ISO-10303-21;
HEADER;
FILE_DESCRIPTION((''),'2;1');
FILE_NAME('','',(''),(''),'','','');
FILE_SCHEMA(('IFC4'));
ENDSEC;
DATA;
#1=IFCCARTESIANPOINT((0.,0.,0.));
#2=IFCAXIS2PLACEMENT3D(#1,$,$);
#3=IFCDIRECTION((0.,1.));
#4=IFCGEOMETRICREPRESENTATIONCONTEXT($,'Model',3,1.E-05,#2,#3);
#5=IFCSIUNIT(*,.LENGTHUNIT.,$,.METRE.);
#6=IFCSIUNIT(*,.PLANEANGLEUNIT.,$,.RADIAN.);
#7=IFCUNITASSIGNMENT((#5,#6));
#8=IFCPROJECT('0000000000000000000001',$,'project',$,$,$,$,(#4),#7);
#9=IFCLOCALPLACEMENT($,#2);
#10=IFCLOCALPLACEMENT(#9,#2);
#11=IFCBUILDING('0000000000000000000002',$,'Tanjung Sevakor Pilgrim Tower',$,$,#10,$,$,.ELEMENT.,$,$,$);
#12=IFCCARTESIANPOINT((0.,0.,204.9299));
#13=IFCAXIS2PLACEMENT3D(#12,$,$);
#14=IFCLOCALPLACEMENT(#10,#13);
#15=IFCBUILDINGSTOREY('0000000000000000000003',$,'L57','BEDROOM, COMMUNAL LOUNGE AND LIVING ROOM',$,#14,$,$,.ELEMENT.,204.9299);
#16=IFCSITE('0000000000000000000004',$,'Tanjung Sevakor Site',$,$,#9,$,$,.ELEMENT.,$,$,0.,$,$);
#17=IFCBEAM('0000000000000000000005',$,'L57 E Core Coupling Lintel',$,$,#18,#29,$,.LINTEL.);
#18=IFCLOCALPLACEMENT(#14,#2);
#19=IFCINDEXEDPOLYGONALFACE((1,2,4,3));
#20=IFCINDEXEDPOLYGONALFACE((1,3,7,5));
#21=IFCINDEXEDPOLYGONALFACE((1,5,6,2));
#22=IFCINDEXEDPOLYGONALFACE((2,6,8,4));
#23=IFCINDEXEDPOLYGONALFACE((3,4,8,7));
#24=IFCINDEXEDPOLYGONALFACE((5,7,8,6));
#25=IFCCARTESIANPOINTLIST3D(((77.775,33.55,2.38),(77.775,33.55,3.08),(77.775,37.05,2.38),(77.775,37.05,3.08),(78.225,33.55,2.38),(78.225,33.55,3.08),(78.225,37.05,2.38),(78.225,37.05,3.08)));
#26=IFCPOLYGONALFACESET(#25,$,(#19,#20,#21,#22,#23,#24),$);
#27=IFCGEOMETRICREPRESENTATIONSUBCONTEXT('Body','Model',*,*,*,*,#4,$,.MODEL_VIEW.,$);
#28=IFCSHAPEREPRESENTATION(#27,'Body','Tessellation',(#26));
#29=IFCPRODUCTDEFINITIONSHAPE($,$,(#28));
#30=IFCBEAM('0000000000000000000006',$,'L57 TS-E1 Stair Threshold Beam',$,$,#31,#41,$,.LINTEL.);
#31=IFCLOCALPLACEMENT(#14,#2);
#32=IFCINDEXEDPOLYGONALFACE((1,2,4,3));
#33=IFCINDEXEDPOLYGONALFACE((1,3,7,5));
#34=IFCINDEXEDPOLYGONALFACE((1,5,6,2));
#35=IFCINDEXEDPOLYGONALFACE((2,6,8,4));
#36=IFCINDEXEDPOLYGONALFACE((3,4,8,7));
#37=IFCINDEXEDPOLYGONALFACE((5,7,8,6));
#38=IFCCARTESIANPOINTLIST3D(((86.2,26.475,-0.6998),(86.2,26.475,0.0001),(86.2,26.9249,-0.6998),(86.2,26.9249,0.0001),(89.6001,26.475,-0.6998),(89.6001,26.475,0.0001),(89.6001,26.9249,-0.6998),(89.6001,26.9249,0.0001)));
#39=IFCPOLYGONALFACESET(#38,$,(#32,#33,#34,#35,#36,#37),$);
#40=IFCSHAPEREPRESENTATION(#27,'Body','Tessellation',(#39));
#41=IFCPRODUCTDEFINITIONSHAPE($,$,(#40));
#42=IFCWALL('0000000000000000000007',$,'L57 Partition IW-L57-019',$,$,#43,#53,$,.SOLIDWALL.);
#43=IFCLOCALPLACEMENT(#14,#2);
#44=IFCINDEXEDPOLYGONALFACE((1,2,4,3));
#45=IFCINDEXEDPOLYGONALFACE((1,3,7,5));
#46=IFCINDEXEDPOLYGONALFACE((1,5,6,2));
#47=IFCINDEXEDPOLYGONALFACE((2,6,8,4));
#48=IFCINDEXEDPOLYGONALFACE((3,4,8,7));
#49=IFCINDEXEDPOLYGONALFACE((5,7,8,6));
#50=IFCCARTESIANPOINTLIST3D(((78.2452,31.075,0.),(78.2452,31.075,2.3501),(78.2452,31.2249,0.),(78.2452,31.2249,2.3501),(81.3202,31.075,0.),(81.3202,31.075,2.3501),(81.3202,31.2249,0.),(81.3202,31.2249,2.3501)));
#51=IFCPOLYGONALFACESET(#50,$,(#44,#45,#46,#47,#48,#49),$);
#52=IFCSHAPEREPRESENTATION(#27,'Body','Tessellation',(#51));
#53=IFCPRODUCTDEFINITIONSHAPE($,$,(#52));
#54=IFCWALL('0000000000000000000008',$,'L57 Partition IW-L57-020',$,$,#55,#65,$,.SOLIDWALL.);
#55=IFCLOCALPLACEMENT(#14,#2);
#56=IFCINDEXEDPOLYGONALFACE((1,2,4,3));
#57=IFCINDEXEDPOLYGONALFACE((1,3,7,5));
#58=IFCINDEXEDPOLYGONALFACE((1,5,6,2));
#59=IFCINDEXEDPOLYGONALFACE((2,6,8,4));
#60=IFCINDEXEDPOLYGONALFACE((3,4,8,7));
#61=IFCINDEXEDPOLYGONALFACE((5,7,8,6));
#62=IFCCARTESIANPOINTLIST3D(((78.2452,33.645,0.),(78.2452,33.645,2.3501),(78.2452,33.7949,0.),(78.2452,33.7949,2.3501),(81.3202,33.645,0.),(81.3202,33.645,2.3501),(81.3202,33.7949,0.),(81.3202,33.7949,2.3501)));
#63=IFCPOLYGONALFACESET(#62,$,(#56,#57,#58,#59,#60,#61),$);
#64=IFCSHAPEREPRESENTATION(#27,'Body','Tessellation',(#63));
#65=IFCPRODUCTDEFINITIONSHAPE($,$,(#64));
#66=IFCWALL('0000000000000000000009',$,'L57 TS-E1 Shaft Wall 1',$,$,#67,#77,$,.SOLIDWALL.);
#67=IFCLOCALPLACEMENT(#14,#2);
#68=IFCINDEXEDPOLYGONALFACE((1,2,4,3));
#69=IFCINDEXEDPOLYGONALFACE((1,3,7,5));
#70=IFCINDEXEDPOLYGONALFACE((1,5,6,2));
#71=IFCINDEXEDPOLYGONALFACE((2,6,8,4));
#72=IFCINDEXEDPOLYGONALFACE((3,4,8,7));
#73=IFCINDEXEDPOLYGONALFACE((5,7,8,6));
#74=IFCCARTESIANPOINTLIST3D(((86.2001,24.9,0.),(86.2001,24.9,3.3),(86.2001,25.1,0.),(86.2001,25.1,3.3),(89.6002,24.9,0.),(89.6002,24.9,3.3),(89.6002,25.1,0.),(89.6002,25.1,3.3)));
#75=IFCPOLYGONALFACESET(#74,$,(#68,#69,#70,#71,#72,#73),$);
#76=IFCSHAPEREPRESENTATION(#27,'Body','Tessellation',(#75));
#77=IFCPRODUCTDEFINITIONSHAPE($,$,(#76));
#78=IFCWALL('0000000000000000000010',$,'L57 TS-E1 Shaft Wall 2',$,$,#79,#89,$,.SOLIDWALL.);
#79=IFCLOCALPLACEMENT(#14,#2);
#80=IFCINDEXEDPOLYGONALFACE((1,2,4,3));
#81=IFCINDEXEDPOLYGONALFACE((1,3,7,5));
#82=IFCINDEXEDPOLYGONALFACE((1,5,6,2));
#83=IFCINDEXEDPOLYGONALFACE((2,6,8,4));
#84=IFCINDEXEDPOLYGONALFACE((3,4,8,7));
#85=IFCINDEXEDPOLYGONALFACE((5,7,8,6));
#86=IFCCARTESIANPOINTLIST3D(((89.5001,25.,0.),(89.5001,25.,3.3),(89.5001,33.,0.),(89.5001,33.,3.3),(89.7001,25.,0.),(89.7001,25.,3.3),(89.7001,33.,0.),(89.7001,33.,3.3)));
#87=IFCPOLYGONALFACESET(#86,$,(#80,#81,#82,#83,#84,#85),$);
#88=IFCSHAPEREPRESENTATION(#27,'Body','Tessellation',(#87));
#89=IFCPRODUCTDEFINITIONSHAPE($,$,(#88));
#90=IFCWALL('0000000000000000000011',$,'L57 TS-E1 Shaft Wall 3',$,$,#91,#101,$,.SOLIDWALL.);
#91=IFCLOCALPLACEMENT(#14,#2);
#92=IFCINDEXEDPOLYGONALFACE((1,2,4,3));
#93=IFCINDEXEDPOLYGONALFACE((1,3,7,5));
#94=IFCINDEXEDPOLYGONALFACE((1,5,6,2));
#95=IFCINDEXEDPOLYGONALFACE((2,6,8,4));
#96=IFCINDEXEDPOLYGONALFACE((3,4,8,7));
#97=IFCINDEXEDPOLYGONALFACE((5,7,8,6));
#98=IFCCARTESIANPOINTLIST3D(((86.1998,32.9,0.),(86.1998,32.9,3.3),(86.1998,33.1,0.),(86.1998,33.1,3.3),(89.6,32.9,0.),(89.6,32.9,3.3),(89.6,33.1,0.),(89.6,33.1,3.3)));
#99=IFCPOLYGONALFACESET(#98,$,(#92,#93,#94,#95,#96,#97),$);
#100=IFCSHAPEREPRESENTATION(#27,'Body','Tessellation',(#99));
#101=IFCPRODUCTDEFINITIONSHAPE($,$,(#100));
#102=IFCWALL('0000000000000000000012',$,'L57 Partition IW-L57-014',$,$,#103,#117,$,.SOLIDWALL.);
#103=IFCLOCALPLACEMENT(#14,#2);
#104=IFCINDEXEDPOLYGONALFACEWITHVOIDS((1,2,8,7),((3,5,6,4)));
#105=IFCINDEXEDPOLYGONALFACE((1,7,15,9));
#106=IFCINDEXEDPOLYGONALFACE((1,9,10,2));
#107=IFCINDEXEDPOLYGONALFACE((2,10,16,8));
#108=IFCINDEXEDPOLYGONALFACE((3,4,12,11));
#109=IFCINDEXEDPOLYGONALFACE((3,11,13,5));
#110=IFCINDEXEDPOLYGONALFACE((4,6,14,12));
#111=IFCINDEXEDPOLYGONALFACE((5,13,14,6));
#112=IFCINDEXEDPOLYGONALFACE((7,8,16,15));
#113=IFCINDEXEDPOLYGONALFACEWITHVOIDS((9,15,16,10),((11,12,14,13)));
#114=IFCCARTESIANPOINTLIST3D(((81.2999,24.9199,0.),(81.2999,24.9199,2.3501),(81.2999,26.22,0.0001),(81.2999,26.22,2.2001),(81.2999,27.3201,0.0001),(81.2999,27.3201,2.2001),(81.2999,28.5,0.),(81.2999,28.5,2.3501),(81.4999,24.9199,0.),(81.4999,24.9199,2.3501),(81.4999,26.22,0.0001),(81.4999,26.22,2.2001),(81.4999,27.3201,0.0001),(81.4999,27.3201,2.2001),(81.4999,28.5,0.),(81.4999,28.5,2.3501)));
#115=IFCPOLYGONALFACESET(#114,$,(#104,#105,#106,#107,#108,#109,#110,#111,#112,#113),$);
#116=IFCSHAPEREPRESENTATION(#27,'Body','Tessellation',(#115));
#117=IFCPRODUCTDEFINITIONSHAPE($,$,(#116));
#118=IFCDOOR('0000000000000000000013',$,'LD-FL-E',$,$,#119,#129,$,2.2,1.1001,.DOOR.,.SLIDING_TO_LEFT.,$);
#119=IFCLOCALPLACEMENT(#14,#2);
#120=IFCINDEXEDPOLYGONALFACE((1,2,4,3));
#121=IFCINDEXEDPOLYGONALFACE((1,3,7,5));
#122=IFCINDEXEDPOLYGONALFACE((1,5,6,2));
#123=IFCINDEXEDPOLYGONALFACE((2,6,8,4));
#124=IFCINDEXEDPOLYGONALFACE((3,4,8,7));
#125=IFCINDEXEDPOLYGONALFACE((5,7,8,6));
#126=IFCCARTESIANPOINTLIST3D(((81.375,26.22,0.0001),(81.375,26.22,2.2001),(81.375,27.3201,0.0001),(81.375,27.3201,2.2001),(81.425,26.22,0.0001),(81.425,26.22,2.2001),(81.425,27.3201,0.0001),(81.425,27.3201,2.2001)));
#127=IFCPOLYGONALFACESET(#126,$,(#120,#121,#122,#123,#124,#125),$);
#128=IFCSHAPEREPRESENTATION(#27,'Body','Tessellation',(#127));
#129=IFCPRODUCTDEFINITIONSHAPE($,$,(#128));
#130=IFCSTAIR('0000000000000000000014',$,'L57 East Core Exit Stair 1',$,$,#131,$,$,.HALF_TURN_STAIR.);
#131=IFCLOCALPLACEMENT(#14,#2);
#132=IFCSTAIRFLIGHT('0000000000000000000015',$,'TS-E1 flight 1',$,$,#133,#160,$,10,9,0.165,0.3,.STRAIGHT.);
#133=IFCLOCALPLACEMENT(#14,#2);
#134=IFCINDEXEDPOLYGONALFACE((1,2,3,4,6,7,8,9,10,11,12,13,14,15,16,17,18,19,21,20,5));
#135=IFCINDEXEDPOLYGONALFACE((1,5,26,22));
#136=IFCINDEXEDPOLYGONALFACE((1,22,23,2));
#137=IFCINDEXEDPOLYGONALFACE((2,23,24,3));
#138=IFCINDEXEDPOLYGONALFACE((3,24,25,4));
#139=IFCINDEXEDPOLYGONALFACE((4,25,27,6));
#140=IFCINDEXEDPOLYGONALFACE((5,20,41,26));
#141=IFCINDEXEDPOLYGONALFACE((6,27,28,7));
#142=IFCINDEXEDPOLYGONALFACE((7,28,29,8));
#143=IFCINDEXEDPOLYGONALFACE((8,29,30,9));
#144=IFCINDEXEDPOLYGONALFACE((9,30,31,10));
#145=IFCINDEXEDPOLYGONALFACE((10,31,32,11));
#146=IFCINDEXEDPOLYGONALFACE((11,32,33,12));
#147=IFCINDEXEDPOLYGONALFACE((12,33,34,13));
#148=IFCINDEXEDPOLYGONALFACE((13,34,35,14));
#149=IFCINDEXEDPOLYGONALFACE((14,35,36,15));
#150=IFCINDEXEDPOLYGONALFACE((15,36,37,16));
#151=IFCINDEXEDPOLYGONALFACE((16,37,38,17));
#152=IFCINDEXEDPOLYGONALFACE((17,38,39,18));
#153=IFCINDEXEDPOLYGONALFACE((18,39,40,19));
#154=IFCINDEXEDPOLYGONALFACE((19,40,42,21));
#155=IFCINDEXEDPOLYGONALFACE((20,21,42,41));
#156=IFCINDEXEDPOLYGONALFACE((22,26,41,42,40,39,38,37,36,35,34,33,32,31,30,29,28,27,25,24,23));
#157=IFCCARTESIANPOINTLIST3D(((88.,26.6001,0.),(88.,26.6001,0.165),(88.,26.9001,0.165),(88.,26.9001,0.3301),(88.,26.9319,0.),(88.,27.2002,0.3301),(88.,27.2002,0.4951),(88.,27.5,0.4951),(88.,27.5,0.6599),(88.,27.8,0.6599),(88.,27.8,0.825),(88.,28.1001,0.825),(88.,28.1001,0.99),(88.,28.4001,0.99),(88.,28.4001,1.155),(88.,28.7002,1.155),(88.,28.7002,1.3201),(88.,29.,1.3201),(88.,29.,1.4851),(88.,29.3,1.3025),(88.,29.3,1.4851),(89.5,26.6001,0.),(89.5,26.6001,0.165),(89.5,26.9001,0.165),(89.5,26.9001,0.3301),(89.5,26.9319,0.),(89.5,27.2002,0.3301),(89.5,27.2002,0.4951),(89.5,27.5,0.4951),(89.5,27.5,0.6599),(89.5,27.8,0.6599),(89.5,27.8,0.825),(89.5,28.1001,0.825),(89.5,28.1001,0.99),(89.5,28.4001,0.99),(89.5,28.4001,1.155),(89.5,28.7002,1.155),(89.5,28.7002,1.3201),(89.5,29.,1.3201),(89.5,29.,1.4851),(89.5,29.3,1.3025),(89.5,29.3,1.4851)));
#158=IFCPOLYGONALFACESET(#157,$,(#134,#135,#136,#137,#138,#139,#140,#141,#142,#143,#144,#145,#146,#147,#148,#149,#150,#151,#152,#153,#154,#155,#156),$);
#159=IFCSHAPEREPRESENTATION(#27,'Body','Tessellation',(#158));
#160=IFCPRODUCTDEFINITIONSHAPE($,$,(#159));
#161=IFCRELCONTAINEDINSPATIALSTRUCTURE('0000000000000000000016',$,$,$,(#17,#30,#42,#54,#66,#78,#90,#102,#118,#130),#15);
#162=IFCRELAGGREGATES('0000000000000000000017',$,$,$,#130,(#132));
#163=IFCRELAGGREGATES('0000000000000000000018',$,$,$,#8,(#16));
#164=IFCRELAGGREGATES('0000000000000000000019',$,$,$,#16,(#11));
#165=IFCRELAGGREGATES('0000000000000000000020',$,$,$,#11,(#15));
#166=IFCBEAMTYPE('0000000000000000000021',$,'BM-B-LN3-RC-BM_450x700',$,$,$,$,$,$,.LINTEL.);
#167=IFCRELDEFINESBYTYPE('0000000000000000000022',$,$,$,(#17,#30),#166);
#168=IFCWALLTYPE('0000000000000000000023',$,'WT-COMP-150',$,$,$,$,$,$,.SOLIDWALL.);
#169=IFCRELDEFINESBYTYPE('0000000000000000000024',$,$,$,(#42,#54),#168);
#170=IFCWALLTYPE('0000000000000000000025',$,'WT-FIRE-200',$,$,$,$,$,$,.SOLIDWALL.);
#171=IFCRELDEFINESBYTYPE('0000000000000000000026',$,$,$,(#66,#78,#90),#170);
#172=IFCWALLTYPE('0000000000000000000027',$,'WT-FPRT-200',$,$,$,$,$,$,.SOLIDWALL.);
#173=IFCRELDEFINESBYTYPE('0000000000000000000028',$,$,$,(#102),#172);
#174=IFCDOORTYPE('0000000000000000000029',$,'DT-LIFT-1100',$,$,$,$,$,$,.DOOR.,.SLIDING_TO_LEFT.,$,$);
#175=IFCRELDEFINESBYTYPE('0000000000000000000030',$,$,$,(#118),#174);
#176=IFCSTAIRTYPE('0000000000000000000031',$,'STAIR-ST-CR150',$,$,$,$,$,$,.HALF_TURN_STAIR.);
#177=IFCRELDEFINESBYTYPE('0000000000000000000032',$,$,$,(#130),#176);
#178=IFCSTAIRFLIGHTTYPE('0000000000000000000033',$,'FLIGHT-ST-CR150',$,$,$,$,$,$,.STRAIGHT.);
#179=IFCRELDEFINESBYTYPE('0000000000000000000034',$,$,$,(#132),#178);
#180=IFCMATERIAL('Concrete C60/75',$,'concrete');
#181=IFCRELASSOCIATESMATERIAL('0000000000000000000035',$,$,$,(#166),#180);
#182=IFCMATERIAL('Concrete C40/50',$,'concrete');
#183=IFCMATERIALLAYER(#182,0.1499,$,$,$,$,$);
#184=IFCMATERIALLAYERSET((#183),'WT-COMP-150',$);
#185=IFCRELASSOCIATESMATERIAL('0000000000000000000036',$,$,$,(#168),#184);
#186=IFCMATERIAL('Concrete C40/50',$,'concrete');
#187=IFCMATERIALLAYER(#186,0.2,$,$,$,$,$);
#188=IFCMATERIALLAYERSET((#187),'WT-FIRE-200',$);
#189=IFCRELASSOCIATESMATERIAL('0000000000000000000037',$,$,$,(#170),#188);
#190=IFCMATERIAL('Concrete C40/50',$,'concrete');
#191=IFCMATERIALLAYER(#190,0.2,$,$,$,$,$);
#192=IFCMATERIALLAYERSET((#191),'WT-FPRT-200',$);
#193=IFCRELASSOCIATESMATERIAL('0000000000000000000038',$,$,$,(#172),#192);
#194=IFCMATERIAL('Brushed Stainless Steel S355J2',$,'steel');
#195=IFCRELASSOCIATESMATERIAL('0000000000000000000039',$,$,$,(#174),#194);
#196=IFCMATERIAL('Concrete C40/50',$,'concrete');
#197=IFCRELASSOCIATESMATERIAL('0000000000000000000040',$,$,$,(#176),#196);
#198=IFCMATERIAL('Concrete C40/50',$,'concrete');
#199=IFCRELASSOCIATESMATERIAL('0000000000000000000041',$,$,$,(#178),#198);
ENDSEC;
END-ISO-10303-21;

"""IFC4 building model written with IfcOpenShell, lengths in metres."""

from ifc_helpers import new_model, si_unit, direction, frame, frame_2d, origin, origin_2d, place, context, subcontext, project, spatial, polyline, rectangle, outline, extrude, material, layer, layer_set, material_profile, profile_set, type_object, element, fill, aggregate, save


model = new_model("IFC4")

# Units and contexts
model_context = context("Model", 3, precision=1e-05, world=origin(), true_north=direction((0.0, 1.0)))
body_context = subcontext(model_context, "Body", "Model", "MODEL_VIEW")
ifc_project = project(units=[si_unit("LENGTHUNIT", "METRE"), si_unit("PLANEANGLEUNIT", "RADIAN")], contexts=[model_context])

# Site, building, storey
site_placement = place(None, origin())
site = spatial("IfcSite", under=ifc_project, at=site_placement, Name="Tanjung Sevakor Site", CompositionType="ELEMENT", RefElevation=0.0)
building_placement = place(site_placement, origin())
building = spatial("IfcBuilding", under=site, at=building_placement, Name="Tanjung Sevakor Pilgrim Tower", CompositionType="ELEMENT")
storey_placement = place(building_placement, frame((0.0, 0.0, 204.9299)))
storey = spatial("IfcBuildingStorey", under=building, at=storey_placement, Name="L57", Description="BEDROOM, COMMUNAL LOUNGE AND LIVING ROOM", CompositionType="ELEMENT", Elevation=204.9299)

# Beams
ifc_material_1 = material(Name="Concrete C60/75", Category="concrete")
ifc_material_profile = material_profile(ifc_material_1, rectangle(XDim=0.45, YDim=0.7, at=origin_2d()))
ifc_profile_set = profile_set([ifc_material_profile], Name="Concrete C60/75")
beam_type = type_object("IfcBeamType", Name="BM-B-LN3-RC-BM_450x700", PredefinedType="LINTEL", material=ifc_profile_set)
beam_1_placement = place(storey_placement, frame((78.0, 33.55, 2.73), z_axis=(0.0, 1.0, 0.0), x_axis=(-1.0, 0.0, 0.0)))
element("IfcBeam", 1, at=beam_1_placement, inside=storey, type_object=beam_type, Name="L57 E Core Coupling Lintel", PredefinedType="LINTEL", context=body_context, shape_type="SweptSolid", body=[
    extrude(rectangle(XDim=0.45, YDim=0.7, at=origin_2d()), origin(), (0.0, 0.0, 1.0), 3.5),
])
beam_2_placement = place(storey_placement, frame((86.2, 26.7, -0.3499), z_axis=(1.0, 0.0, 0.0), x_axis=(0.0, 1.0, 0.0)))
element("IfcBeam", 2, at=beam_2_placement, inside=storey, type_object=beam_type, Name="L57 TS-E1 Stair Threshold Beam", PredefinedType="LINTEL", context=body_context, shape_type="SweptSolid", body=[
    extrude(rectangle(XDim=0.45, YDim=0.7, at=origin_2d()), origin(), (0.0, 0.0, 1.0), 3.4001),
])

# Shared definitions
ifc_material_2 = material(Name="Concrete C40/50", Category="concrete")
ifc_layer_1 = layer(ifc_material_2, 0.1499)
ifc_layer_set_1 = layer_set([ifc_layer_1], Name="WT-COMP-150")
wall_type_1 = type_object("IfcWallType", Name="WT-COMP-150", PredefinedType="SOLIDWALL", material=ifc_layer_set_1)

# Walls
for number, where, z_axis, x_axis, name in (
    (3, (78.2451, 31.1499, 0.0), (0.0, 0.0, 1.0), (1.0, 0.0, 0.0), "L57 Partition IW-L57-019"),
    (4, (78.2451, 33.72, 0.0), (0.0, 0.0, 1.0), (1.0, 0.0, 0.0), "L57 Partition IW-L57-020"),
):
    element("IfcWall", number, at=place(storey_placement, frame(where, z_axis=z_axis, x_axis=x_axis)), inside=storey, type_object=wall_type_1, Name=name, PredefinedType="SOLIDWALL", context=body_context, shape_type="SweptSolid", body=[
        extrude(rectangle(XDim=3.075, YDim=0.1499, at=frame_2d((1.5376, 0.0))), origin(), (0.0, 0.0, 1.0), 2.3501),
    ])

# Walls
ifc_material_3 = material(Name="Concrete C40/50", Category="concrete")
ifc_layer_2 = layer(ifc_material_3, 0.2)
ifc_layer_set_2 = layer_set([ifc_layer_2], Name="WT-FIRE-200")
wall_type_2 = type_object("IfcWallType", Name="WT-FIRE-200", PredefinedType="SOLIDWALL", material=ifc_layer_set_2)
wall_1_placement = place(storey_placement, frame((86.2, 25.0, 0.0), z_axis=(0.0, 0.0, 1.0), x_axis=(1.0, 0.0, 0.0)))
element("IfcWall", 5, at=wall_1_placement, inside=storey, type_object=wall_type_2, Name="L57 TS-E1 Shaft Wall 1", PredefinedType="SOLIDWALL", context=body_context, shape_type="SweptSolid", body=[
    extrude(rectangle(XDim=3.4001, YDim=0.2, at=frame_2d((1.7002, 0.0))), origin(), (0.0, 0.0, 1.0), 3.3),
])
wall_2_placement = place(storey_placement, frame((89.6001, 25.0, 0.0), z_axis=(0.0, 0.0, 1.0), x_axis=(0.0, 1.0, 0.0)))
element("IfcWall", 6, at=wall_2_placement, inside=storey, type_object=wall_type_2, Name="L57 TS-E1 Shaft Wall 2", PredefinedType="SOLIDWALL", context=body_context, shape_type="SweptSolid", body=[
    extrude(rectangle(XDim=8.0, YDim=0.2, at=frame_2d((4.0, 0.0))), origin(), (0.0, 0.0, 1.0), 3.3),
])
wall_3_placement = place(storey_placement, frame((89.6001, 33.0, 0.0), z_axis=(0.0, 0.0, 1.0), x_axis=(-1.0, 0.0, 0.0)))
element("IfcWall", 7, at=wall_3_placement, inside=storey, type_object=wall_type_2, Name="L57 TS-E1 Shaft Wall 3", PredefinedType="SOLIDWALL", context=body_context, shape_type="SweptSolid", body=[
    extrude(rectangle(XDim=3.4001, YDim=0.2, at=frame_2d((1.7002, 0.0))), origin(), (0.0, 0.0, 1.0), 3.3),
])

# Wall, opening, door
ifc_material_4 = material(Name="Concrete C40/50", Category="concrete")
ifc_layer_3 = layer(ifc_material_4, 0.2)
ifc_layer_set_3 = layer_set([ifc_layer_3], Name="WT-FPRT-200")
wall_type_3 = type_object("IfcWallType", Name="WT-FPRT-200", PredefinedType="SOLIDWALL", material=ifc_layer_set_3)
wall_4_placement = place(storey_placement, frame((81.3999, 24.9199, 0.0), z_axis=(0.0, 0.0, 1.0), x_axis=(0.0, 1.0, 0.0)))
wall_4 = element("IfcWall", 8, at=wall_4_placement, inside=storey, type_object=wall_type_3, Name="L57 Partition IW-L57-014", PredefinedType="SOLIDWALL", context=body_context, shape_type="SweptSolid", body=[
    extrude(rectangle(XDim=3.5801, YDim=0.2, at=frame_2d((1.79, 0.0))), origin(), (0.0, 0.0, 1.0), 2.3501),
])
opening_1_placement = place(wall_4_placement, frame((1.3, 0.0, 0.0)))
opening_1 = element("IfcOpeningElement", 9, at=opening_1_placement, cuts=wall_4, PredefinedType="OPENING", context=body_context, shape_type="SweptSolid", body=[
    extrude(rectangle(XDim=1.1001, YDim=2.2, at=frame_2d((0.55, 1.1001))), frame((0.0, 0.1099, 0.0), z_axis=(0.0, -1.0, 0.0), x_axis=(1.0, 0.0, 0.0)), (0.0, 0.0, 1.0), 0.22),
])
ifc_material_5 = material(Name="Brushed Stainless Steel S355J2", Category="steel")
door_type_1 = type_object("IfcDoorType", Name="DT-LIFT-1100", OperationType="SLIDING_TO_LEFT", PredefinedType="DOOR", material=ifc_material_5)
door_1_placement = place(opening_1_placement, origin())
door_1 = element("IfcDoor", 10, at=door_1_placement, inside=storey, type_object=door_type_1, Name="LD-FL-E", OperationType="SLIDING_TO_LEFT", OverallHeight=2.2, OverallWidth=1.1001, PredefinedType="DOOR", context=body_context, shape_type="SweptSolid", body=[
    extrude(rectangle(XDim=1.1001, YDim=2.2, at=frame_2d((0.55, 1.1001))), frame((0.0, 0.0249, 0.0), z_axis=(0.0, -1.0, 0.0), x_axis=(1.0, 0.0, 0.0)), (0.0, 0.0, 1.0), 0.05),
])
fill(opening_1, door_1)

# Stair, stair flight
ifc_material_6 = material(Name="Concrete C40/50", Category="concrete")
stair_type = type_object("IfcStairType", Name="STAIR-ST-CR150", PredefinedType="HALF_TURN_STAIR", material=ifc_material_6)
stair_placement = place(storey_placement, origin())
stair = element("IfcStair", 11, at=stair_placement, inside=storey, type_object=stair_type, Name="L57 East Core Exit Stair 1", PredefinedType="HALF_TURN_STAIR")
ifc_material_7 = material(Name="Concrete C40/50", Category="concrete")
stair_flight_type = type_object("IfcStairFlightType", Name="FLIGHT-ST-CR150", PredefinedType="STRAIGHT", material=ifc_material_7)
stair_flight_1_placement = place(storey_placement, frame((88.75, 26.6001, 0.0), z_axis=(0.0, 0.0, 1.0), x_axis=(0.0, 1.0, 0.0)))
stair_flight_1 = element("IfcStairFlight", 12, at=stair_flight_1_placement, type_object=stair_flight_type, Name="TS-E1 flight 1", NumberOfRisers=10, NumberOfTreads=9, PredefinedType="STRAIGHT", RiserHeight=0.165, TreadLength=0.3, context=body_context, shape_type="SweptSolid", body=[
    extrude(outline(polyline([(0.0, 0.0), (0.0, 0.165), (0.3, 0.165), (0.3, 0.3301), (0.6001, 0.3301), (0.6001, 0.4951), (0.8999, 0.4951), (0.8999, 0.6599), (1.2, 0.6599), (1.2, 0.825), (1.5, 0.825), (1.5, 0.99), (1.8, 0.99), (1.8, 1.155), (2.1001, 1.155), (2.1001, 1.3201), (2.3999, 1.3201), (2.3999, 1.4851), (2.7, 1.4851), (2.7, 1.6499), (2.7, 1.3025), (0.3318, 0.0), (0.0, 0.0)])), frame((0.0, 0.75, 0.0), z_axis=(0.0, -1.0, 0.0), x_axis=(1.0, 0.0, 0.0)), (0.0, 0.0, 1.0), 1.5),
])
aggregate(stair, [stair_flight_1])

save(model, "model.ifc")
